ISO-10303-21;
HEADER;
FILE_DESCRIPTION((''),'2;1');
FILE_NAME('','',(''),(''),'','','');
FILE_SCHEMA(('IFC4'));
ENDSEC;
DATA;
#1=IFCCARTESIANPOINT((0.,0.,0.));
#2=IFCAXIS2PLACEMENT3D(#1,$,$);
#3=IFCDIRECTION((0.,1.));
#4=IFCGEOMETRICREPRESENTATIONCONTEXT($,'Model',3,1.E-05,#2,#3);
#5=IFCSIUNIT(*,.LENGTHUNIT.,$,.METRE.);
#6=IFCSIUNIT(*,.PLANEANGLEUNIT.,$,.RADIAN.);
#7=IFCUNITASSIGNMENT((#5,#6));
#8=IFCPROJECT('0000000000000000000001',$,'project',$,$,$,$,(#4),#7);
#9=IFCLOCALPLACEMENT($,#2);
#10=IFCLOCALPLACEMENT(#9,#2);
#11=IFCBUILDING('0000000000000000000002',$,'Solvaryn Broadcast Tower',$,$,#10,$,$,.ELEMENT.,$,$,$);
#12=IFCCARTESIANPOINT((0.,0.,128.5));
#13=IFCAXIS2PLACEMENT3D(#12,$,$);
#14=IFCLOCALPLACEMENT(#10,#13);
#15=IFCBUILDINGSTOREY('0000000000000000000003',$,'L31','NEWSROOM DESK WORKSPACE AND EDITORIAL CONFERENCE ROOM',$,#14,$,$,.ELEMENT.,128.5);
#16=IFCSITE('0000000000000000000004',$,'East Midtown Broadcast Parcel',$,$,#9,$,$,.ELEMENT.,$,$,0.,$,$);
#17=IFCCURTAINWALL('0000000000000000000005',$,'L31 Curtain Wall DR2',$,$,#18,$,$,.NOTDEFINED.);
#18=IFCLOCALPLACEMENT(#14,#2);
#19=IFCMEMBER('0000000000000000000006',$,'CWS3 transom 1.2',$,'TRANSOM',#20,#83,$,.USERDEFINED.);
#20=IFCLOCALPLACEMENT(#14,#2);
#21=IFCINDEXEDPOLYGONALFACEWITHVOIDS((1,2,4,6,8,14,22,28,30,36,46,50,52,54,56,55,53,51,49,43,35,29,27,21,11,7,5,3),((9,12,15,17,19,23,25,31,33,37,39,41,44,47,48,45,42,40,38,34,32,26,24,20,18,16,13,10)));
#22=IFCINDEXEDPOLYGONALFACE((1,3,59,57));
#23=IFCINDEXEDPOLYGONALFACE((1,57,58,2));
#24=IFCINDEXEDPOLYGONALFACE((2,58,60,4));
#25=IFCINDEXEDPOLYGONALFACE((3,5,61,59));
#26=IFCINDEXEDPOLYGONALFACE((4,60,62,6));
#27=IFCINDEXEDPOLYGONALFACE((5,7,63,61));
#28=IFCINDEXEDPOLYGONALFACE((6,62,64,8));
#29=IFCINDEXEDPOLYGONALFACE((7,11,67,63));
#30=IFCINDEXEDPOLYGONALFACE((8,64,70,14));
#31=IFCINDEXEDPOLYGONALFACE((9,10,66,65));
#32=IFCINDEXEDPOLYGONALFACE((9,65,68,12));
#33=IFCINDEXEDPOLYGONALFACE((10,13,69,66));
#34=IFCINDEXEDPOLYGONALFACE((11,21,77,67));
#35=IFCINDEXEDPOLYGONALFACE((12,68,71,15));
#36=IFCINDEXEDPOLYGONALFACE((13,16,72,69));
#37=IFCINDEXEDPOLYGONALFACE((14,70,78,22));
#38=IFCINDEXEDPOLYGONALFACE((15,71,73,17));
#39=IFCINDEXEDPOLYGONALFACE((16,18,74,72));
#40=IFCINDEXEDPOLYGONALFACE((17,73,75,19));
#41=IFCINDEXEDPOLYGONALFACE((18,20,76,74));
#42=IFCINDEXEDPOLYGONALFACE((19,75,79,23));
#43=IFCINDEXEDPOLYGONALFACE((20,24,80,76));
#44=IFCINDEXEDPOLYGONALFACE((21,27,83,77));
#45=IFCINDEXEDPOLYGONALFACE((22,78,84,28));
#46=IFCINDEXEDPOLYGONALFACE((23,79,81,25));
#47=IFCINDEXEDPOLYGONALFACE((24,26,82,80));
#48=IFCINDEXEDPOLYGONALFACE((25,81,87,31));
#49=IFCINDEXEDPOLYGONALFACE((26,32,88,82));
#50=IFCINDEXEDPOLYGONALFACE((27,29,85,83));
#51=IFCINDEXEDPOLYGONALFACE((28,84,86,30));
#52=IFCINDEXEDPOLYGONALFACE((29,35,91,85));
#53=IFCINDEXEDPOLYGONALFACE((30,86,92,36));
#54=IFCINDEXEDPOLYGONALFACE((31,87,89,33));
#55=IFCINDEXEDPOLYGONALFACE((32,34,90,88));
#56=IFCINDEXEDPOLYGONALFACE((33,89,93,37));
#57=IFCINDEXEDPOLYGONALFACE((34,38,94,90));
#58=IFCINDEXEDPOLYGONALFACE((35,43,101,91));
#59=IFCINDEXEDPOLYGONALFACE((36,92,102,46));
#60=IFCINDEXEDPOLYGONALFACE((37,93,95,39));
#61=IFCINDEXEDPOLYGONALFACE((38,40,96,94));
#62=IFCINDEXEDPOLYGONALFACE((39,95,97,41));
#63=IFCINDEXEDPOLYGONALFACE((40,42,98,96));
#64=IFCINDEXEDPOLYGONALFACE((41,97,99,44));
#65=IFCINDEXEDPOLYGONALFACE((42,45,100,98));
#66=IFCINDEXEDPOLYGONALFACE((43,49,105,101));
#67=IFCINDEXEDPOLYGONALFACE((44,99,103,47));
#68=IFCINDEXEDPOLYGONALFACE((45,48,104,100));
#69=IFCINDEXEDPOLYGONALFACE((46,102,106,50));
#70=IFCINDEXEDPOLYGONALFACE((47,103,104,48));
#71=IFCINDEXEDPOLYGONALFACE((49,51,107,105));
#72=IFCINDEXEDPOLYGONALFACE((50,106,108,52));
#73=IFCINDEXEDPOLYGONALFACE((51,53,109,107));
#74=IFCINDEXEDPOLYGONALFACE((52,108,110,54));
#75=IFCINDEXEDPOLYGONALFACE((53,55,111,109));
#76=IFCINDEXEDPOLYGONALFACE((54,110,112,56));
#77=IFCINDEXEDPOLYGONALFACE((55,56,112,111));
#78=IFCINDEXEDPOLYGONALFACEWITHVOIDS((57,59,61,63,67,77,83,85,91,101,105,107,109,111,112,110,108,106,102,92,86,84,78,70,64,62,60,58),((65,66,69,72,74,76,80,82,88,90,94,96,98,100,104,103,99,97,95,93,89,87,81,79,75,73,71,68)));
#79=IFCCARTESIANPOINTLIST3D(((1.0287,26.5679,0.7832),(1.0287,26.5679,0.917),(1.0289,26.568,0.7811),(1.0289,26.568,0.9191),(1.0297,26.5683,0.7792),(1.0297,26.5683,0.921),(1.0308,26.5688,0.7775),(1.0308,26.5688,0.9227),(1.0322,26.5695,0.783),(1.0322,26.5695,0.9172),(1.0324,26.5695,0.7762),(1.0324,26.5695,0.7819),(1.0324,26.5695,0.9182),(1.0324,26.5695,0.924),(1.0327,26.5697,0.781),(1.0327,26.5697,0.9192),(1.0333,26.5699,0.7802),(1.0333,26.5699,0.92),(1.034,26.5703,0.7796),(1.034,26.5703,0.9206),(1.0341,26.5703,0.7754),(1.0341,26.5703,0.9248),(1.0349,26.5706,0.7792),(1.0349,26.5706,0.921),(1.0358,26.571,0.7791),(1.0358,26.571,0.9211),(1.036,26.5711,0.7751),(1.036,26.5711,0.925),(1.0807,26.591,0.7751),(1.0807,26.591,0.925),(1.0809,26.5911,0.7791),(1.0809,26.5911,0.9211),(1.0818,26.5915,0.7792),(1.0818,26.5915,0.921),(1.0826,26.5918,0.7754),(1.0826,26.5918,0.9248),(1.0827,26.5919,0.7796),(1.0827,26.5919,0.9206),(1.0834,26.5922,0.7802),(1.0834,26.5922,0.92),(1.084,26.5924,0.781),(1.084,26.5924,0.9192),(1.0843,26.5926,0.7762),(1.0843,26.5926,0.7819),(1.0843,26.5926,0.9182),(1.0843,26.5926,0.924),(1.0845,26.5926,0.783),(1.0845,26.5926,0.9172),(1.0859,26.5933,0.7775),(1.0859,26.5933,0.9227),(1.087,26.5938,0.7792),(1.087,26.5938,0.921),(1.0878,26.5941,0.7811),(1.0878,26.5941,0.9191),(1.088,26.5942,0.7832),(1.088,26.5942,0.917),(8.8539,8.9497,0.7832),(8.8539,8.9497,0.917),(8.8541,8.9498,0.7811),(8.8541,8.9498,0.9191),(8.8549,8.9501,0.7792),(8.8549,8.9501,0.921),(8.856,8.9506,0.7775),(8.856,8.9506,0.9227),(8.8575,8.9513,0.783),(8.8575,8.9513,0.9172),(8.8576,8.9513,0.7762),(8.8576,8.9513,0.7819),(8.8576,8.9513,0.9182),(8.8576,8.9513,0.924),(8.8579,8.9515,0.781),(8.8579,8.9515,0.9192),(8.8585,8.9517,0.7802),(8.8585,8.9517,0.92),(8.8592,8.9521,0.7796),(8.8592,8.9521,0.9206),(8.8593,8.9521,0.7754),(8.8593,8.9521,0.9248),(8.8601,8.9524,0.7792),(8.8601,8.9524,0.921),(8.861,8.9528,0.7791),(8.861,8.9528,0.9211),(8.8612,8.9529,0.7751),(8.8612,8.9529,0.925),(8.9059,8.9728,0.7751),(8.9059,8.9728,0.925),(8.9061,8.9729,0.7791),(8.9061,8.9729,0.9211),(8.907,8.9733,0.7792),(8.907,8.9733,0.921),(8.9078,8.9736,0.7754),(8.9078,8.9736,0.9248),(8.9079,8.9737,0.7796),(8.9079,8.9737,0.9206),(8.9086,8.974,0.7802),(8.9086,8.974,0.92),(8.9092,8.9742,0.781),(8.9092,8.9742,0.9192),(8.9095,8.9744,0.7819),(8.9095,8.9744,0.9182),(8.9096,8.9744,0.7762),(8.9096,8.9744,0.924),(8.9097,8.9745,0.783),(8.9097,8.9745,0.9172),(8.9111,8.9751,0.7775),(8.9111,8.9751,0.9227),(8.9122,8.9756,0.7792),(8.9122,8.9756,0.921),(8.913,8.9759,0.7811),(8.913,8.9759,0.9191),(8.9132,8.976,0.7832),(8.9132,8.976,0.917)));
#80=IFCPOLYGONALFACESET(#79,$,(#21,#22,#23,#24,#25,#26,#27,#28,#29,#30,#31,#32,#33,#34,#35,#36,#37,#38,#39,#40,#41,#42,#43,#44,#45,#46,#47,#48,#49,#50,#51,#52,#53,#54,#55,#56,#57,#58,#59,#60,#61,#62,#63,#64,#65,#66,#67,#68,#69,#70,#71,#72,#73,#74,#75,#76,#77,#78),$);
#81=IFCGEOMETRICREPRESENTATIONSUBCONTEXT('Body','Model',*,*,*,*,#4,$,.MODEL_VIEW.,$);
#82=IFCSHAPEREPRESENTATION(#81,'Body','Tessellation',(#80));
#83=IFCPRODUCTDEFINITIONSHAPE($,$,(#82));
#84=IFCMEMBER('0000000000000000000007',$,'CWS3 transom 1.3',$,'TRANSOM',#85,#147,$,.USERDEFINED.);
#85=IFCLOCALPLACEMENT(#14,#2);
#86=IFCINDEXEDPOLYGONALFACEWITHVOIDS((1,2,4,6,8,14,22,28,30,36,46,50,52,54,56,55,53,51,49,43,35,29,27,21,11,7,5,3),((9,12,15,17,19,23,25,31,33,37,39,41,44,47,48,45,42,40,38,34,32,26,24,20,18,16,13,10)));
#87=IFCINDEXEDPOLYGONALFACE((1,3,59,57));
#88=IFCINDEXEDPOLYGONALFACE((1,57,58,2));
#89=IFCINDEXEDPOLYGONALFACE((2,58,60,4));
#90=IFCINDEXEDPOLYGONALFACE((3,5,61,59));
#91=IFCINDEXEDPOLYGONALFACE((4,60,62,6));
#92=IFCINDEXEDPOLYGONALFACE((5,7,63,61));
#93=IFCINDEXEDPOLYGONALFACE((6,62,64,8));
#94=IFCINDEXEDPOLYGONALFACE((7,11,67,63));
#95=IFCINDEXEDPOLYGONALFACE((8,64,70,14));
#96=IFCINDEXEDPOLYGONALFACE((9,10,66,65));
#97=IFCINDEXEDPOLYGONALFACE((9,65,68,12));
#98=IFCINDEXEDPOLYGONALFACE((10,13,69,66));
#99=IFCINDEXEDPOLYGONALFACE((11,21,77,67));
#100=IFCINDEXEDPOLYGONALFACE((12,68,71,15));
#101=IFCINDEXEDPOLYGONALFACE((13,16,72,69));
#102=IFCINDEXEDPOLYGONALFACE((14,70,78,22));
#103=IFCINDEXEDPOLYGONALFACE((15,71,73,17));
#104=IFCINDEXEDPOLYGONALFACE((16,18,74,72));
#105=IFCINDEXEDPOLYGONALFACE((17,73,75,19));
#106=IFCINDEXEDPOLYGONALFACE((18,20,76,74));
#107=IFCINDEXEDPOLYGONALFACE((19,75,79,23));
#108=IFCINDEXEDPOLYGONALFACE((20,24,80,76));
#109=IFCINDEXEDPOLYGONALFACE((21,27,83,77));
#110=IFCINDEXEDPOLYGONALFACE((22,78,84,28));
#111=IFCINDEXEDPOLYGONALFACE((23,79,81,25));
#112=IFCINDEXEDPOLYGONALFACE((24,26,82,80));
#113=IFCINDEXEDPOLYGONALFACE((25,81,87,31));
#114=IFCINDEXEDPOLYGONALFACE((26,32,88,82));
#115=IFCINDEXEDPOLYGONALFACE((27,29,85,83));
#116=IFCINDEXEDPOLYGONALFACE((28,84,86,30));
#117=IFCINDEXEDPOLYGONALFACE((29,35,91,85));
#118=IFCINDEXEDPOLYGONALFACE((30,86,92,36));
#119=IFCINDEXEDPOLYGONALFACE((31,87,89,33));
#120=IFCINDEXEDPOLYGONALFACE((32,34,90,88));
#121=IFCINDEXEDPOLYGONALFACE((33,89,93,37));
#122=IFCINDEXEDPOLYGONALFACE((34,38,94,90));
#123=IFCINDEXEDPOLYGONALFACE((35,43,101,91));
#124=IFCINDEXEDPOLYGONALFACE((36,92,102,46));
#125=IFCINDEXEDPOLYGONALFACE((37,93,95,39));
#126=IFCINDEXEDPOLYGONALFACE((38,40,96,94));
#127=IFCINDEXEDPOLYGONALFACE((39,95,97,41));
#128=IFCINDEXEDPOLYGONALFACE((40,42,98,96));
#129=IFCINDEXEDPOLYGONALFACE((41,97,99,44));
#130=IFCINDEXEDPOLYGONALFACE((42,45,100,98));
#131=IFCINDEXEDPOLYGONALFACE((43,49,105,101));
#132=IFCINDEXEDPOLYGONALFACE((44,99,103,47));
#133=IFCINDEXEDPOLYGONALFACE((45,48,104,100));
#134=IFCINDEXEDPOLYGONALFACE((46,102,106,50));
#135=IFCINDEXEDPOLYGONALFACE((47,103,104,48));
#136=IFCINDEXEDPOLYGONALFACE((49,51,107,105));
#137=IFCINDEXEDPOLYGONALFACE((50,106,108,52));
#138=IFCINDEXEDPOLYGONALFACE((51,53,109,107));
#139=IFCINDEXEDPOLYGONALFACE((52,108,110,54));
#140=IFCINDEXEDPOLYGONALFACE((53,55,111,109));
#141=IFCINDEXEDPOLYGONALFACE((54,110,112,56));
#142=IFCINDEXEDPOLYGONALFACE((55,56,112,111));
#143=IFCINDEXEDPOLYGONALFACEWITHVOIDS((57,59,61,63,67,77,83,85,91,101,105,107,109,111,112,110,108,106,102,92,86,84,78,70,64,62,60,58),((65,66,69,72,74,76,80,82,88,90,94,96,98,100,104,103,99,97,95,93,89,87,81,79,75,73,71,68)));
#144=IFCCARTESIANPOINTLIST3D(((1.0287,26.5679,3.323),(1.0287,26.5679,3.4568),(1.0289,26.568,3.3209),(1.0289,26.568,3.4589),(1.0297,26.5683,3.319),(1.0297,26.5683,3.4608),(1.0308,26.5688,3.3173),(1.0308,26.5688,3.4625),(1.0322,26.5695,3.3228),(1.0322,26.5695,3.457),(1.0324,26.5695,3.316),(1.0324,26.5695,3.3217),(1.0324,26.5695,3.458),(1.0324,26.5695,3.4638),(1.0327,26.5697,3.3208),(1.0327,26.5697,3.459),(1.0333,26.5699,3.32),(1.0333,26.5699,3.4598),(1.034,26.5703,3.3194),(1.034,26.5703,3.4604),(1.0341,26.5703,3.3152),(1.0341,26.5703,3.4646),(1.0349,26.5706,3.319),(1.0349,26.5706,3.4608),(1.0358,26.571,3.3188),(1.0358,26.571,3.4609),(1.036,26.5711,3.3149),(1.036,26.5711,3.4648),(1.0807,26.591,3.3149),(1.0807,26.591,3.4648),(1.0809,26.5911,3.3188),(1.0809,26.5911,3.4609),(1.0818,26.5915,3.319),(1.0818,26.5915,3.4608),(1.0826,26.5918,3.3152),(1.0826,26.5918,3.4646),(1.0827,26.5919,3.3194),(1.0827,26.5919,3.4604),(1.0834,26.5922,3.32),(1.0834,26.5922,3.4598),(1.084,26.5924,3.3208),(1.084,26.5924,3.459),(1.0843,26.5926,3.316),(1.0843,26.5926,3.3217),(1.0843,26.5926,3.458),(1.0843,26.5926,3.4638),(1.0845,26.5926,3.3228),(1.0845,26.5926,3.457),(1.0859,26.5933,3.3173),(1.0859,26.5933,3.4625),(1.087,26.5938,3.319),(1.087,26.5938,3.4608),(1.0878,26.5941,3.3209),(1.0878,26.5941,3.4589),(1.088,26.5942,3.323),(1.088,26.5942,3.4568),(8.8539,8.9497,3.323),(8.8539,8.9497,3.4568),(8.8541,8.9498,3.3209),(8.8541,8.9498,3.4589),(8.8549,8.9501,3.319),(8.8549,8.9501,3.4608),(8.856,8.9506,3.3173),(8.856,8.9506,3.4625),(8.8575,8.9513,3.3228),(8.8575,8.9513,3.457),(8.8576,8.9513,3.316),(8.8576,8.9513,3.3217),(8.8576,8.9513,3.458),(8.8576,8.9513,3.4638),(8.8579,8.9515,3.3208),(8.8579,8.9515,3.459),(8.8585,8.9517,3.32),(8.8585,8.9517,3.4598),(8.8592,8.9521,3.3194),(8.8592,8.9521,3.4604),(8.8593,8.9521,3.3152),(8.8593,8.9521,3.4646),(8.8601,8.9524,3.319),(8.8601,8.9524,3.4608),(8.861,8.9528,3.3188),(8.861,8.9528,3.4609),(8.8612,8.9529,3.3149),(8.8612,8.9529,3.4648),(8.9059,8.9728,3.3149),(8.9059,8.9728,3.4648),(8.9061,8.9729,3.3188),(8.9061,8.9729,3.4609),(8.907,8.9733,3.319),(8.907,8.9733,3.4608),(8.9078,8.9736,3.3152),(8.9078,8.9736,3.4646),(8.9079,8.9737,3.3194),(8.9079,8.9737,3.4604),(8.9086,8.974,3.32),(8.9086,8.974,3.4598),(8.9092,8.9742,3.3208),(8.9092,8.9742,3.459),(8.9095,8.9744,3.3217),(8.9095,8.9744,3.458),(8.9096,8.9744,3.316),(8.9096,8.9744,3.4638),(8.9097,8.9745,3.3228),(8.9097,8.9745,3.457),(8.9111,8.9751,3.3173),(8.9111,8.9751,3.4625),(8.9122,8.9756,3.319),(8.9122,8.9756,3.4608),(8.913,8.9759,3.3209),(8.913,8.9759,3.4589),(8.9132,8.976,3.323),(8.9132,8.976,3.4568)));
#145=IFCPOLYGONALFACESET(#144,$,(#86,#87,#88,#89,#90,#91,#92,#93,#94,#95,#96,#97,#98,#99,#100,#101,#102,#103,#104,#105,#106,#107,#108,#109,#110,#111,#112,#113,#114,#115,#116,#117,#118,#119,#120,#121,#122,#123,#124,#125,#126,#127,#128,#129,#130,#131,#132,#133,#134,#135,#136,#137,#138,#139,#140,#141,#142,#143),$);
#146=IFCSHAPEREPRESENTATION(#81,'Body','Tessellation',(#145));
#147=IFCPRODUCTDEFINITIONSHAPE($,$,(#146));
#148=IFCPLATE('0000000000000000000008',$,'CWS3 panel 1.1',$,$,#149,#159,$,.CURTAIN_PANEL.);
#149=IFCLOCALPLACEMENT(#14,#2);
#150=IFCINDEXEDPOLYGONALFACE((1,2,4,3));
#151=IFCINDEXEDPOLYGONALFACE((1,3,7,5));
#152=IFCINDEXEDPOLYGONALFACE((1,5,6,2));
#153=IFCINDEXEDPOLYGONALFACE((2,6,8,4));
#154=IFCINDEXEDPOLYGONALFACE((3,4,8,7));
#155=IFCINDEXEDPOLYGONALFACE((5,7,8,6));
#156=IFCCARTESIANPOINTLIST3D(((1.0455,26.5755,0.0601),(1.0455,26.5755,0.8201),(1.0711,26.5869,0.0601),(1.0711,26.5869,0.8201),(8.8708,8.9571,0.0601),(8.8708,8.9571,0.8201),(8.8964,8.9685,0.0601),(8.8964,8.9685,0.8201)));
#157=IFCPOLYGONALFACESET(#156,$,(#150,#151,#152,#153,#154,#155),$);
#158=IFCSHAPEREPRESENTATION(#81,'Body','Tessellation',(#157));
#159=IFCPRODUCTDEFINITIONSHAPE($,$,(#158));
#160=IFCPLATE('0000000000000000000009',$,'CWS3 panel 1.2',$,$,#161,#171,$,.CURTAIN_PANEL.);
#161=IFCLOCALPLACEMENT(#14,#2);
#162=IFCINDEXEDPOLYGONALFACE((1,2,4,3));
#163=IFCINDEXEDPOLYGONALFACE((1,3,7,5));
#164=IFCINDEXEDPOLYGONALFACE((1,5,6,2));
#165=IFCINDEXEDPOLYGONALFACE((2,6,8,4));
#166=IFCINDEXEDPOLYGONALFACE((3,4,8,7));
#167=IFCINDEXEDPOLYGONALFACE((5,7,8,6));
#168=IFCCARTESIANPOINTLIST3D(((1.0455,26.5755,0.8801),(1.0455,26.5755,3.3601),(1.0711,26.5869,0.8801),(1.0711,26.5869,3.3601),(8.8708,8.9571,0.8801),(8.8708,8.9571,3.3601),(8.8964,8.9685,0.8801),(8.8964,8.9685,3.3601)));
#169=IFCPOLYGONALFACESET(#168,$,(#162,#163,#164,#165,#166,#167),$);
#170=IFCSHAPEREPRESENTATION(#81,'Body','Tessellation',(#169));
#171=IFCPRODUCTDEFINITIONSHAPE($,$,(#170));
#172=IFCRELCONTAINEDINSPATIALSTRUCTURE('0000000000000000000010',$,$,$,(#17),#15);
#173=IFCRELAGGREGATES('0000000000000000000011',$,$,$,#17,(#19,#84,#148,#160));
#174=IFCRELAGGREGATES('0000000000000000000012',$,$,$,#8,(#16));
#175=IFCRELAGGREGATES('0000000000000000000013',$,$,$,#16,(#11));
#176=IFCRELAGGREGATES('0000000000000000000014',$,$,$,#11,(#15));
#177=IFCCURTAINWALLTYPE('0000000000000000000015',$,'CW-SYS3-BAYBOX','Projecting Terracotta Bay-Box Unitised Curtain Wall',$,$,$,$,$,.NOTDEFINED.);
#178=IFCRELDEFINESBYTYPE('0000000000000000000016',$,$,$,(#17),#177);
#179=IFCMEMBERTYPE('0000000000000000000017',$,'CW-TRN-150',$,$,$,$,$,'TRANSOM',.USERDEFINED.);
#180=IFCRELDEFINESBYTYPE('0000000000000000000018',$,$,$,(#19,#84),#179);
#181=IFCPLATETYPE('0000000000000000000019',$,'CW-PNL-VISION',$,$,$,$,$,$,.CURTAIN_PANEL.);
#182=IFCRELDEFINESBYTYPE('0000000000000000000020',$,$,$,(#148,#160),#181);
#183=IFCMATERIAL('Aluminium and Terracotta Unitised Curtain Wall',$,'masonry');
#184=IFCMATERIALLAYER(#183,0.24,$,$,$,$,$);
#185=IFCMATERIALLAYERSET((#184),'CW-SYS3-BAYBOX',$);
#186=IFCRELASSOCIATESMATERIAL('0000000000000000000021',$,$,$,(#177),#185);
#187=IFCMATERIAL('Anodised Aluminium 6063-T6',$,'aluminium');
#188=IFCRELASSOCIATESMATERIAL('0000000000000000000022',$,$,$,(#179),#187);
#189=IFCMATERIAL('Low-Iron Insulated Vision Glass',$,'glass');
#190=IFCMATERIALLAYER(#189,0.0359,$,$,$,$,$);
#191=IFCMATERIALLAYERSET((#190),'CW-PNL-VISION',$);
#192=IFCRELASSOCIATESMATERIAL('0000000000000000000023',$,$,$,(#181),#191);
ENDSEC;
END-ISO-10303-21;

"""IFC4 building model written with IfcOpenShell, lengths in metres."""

from ifc_helpers import new_model, si_unit, direction, frame, origin, origin_2d, place, context, subcontext, project, spatial, rectangle, hollow_rectangle, extrude, material, layer, layer_set, material_profile, profile_set, type_object, element, aggregate, save


model = new_model("IFC4")

# Units and contexts
model_context = context("Model", 3, precision=1e-05, world=origin(), true_north=direction((0.0, 1.0)))
body_context = subcontext(model_context, "Body", "Model", "MODEL_VIEW")
ifc_project = project(units=[si_unit("LENGTHUNIT", "METRE"), si_unit("PLANEANGLEUNIT", "RADIAN")], contexts=[model_context])

# Site, building, storey
site_placement = place(None, origin())
site = spatial("IfcSite", under=ifc_project, at=site_placement, Name="East Midtown Broadcast Parcel", CompositionType="ELEMENT", RefElevation=0.0)
building_placement = place(site_placement, origin())
building = spatial("IfcBuilding", under=site, at=building_placement, Name="Solvaryn Broadcast Tower", CompositionType="ELEMENT")
storey_placement = place(building_placement, frame((0.0, 0.0, 128.5)))
storey = spatial("IfcBuildingStorey", under=building, at=storey_placement, Name="L31", Description="NEWSROOM DESK WORKSPACE AND EDITORIAL CONFERENCE ROOM", CompositionType="ELEMENT", Elevation=128.5)

# Curtain wall, members, plates
ifc_material_1 = material(Name="Aluminium and Terracotta Unitised Curtain Wall", Category="masonry")
ifc_layer_1 = layer(ifc_material_1, 0.24)
ifc_layer_set_1 = layer_set([ifc_layer_1], Name="CW-SYS3-BAYBOX")
curtain_wall_type_1 = type_object("IfcCurtainWallType", Name="CW-SYS3-BAYBOX", Description="Projecting Terracotta Bay-Box Unitised Curtain Wall", PredefinedType="NOTDEFINED", material=ifc_layer_set_1)
curtain_wall_1_placement = place(storey_placement, origin())
curtain_wall_1 = element("IfcCurtainWall", 1, at=curtain_wall_1_placement, inside=storey, type_object=curtain_wall_type_1, Name="L31 Curtain Wall DR2", PredefinedType="NOTDEFINED")
ifc_material_2 = material(Name="Anodised Aluminium 6063-T6", Category="aluminium")
ifc_material_profile_1 = material_profile(ifc_material_2, hollow_rectangle(XDim=0.0649, YDim=0.1499, WallThickness=0.0039, InnerFilletRadius=0.0039, OuterFilletRadius=0.0081, at=origin_2d()))
ifc_profile_set_1 = profile_set([ifc_material_profile_1], Name="Anodised Aluminium 6063-T6")
member_type_1 = type_object("IfcMemberType", Name="CW-TRN-150", ElementType="TRANSOM", PredefinedType="USERDEFINED", material=ifc_profile_set_1)
member_1_placement = place(storey_placement, frame((1.0583, 26.5811, 0.8501), z_axis=(0.405918, -0.91391, 0.0), x_axis=(0.91391, 0.405918, 0.0)))
member_1 = element("IfcMember", 2, at=member_1_placement, type_object=member_type_1, Name="CWS3 transom 1.2", ObjectType="TRANSOM", PredefinedType="USERDEFINED", context=body_context, shape_type="SweptSolid", body=[
    extrude(hollow_rectangle(XDim=0.0649, YDim=0.1499, WallThickness=0.0039, InnerFilletRadius=0.0039, OuterFilletRadius=0.0081, at=origin_2d()), origin(), (0.0, 0.0, 1.0), 19.2778),
])
member_2_placement = place(storey_placement, frame((1.0583, 26.5811, 3.3899), z_axis=(0.405918, -0.91391, 0.0), x_axis=(0.91391, 0.405918, 0.0)))
member_2 = element("IfcMember", 3, at=member_2_placement, type_object=member_type_1, Name="CWS3 transom 1.3", ObjectType="TRANSOM", PredefinedType="USERDEFINED", context=body_context, shape_type="SweptSolid", body=[
    extrude(hollow_rectangle(XDim=0.0649, YDim=0.1499, WallThickness=0.0039, InnerFilletRadius=0.0039, OuterFilletRadius=0.0081, at=origin_2d()), origin(), (0.0, 0.0, 1.0), 19.2778),
])
ifc_material_3 = material(Name="Low-Iron Insulated Vision Glass", Category="glass")
ifc_layer_2 = layer(ifc_material_3, 0.0359)
ifc_layer_set_2 = layer_set([ifc_layer_2], Name="CW-PNL-VISION")
plate_type = type_object("IfcPlateType", Name="CW-PNL-VISION", PredefinedType="CURTAIN_PANEL", material=ifc_layer_set_2)
plate_1_placement = place(storey_placement, frame((4.9709, 17.772, 0.0601), z_axis=(0.0, 0.0, 1.0), x_axis=(0.405918, -0.913909, 0.0)))
plate_1 = element("IfcPlate", 4, at=plate_1_placement, type_object=plate_type, Name="CWS3 panel 1.1", PredefinedType="CURTAIN_PANEL", context=body_context, shape_type="SweptSolid", body=[
    extrude(rectangle(XDim=19.2781, YDim=0.0281, at=origin_2d()), origin(), (0.0, 0.0, 1.0), 0.76),
])
plate_2_placement = place(storey_placement, frame((4.9709, 17.772, 0.8801), z_axis=(0.0, 0.0, 1.0), x_axis=(0.405918, -0.913909, 0.0)))
plate_2 = element("IfcPlate", 5, at=plate_2_placement, type_object=plate_type, Name="CWS3 panel 1.2", PredefinedType="CURTAIN_PANEL", context=body_context, shape_type="SweptSolid", body=[
    extrude(rectangle(XDim=19.2781, YDim=0.0281, at=origin_2d()), origin(), (0.0, 0.0, 1.0), 2.48),
])
aggregate(curtain_wall_1, [member_1, member_2, plate_1, plate_2])

save(model, "model.ifc")
